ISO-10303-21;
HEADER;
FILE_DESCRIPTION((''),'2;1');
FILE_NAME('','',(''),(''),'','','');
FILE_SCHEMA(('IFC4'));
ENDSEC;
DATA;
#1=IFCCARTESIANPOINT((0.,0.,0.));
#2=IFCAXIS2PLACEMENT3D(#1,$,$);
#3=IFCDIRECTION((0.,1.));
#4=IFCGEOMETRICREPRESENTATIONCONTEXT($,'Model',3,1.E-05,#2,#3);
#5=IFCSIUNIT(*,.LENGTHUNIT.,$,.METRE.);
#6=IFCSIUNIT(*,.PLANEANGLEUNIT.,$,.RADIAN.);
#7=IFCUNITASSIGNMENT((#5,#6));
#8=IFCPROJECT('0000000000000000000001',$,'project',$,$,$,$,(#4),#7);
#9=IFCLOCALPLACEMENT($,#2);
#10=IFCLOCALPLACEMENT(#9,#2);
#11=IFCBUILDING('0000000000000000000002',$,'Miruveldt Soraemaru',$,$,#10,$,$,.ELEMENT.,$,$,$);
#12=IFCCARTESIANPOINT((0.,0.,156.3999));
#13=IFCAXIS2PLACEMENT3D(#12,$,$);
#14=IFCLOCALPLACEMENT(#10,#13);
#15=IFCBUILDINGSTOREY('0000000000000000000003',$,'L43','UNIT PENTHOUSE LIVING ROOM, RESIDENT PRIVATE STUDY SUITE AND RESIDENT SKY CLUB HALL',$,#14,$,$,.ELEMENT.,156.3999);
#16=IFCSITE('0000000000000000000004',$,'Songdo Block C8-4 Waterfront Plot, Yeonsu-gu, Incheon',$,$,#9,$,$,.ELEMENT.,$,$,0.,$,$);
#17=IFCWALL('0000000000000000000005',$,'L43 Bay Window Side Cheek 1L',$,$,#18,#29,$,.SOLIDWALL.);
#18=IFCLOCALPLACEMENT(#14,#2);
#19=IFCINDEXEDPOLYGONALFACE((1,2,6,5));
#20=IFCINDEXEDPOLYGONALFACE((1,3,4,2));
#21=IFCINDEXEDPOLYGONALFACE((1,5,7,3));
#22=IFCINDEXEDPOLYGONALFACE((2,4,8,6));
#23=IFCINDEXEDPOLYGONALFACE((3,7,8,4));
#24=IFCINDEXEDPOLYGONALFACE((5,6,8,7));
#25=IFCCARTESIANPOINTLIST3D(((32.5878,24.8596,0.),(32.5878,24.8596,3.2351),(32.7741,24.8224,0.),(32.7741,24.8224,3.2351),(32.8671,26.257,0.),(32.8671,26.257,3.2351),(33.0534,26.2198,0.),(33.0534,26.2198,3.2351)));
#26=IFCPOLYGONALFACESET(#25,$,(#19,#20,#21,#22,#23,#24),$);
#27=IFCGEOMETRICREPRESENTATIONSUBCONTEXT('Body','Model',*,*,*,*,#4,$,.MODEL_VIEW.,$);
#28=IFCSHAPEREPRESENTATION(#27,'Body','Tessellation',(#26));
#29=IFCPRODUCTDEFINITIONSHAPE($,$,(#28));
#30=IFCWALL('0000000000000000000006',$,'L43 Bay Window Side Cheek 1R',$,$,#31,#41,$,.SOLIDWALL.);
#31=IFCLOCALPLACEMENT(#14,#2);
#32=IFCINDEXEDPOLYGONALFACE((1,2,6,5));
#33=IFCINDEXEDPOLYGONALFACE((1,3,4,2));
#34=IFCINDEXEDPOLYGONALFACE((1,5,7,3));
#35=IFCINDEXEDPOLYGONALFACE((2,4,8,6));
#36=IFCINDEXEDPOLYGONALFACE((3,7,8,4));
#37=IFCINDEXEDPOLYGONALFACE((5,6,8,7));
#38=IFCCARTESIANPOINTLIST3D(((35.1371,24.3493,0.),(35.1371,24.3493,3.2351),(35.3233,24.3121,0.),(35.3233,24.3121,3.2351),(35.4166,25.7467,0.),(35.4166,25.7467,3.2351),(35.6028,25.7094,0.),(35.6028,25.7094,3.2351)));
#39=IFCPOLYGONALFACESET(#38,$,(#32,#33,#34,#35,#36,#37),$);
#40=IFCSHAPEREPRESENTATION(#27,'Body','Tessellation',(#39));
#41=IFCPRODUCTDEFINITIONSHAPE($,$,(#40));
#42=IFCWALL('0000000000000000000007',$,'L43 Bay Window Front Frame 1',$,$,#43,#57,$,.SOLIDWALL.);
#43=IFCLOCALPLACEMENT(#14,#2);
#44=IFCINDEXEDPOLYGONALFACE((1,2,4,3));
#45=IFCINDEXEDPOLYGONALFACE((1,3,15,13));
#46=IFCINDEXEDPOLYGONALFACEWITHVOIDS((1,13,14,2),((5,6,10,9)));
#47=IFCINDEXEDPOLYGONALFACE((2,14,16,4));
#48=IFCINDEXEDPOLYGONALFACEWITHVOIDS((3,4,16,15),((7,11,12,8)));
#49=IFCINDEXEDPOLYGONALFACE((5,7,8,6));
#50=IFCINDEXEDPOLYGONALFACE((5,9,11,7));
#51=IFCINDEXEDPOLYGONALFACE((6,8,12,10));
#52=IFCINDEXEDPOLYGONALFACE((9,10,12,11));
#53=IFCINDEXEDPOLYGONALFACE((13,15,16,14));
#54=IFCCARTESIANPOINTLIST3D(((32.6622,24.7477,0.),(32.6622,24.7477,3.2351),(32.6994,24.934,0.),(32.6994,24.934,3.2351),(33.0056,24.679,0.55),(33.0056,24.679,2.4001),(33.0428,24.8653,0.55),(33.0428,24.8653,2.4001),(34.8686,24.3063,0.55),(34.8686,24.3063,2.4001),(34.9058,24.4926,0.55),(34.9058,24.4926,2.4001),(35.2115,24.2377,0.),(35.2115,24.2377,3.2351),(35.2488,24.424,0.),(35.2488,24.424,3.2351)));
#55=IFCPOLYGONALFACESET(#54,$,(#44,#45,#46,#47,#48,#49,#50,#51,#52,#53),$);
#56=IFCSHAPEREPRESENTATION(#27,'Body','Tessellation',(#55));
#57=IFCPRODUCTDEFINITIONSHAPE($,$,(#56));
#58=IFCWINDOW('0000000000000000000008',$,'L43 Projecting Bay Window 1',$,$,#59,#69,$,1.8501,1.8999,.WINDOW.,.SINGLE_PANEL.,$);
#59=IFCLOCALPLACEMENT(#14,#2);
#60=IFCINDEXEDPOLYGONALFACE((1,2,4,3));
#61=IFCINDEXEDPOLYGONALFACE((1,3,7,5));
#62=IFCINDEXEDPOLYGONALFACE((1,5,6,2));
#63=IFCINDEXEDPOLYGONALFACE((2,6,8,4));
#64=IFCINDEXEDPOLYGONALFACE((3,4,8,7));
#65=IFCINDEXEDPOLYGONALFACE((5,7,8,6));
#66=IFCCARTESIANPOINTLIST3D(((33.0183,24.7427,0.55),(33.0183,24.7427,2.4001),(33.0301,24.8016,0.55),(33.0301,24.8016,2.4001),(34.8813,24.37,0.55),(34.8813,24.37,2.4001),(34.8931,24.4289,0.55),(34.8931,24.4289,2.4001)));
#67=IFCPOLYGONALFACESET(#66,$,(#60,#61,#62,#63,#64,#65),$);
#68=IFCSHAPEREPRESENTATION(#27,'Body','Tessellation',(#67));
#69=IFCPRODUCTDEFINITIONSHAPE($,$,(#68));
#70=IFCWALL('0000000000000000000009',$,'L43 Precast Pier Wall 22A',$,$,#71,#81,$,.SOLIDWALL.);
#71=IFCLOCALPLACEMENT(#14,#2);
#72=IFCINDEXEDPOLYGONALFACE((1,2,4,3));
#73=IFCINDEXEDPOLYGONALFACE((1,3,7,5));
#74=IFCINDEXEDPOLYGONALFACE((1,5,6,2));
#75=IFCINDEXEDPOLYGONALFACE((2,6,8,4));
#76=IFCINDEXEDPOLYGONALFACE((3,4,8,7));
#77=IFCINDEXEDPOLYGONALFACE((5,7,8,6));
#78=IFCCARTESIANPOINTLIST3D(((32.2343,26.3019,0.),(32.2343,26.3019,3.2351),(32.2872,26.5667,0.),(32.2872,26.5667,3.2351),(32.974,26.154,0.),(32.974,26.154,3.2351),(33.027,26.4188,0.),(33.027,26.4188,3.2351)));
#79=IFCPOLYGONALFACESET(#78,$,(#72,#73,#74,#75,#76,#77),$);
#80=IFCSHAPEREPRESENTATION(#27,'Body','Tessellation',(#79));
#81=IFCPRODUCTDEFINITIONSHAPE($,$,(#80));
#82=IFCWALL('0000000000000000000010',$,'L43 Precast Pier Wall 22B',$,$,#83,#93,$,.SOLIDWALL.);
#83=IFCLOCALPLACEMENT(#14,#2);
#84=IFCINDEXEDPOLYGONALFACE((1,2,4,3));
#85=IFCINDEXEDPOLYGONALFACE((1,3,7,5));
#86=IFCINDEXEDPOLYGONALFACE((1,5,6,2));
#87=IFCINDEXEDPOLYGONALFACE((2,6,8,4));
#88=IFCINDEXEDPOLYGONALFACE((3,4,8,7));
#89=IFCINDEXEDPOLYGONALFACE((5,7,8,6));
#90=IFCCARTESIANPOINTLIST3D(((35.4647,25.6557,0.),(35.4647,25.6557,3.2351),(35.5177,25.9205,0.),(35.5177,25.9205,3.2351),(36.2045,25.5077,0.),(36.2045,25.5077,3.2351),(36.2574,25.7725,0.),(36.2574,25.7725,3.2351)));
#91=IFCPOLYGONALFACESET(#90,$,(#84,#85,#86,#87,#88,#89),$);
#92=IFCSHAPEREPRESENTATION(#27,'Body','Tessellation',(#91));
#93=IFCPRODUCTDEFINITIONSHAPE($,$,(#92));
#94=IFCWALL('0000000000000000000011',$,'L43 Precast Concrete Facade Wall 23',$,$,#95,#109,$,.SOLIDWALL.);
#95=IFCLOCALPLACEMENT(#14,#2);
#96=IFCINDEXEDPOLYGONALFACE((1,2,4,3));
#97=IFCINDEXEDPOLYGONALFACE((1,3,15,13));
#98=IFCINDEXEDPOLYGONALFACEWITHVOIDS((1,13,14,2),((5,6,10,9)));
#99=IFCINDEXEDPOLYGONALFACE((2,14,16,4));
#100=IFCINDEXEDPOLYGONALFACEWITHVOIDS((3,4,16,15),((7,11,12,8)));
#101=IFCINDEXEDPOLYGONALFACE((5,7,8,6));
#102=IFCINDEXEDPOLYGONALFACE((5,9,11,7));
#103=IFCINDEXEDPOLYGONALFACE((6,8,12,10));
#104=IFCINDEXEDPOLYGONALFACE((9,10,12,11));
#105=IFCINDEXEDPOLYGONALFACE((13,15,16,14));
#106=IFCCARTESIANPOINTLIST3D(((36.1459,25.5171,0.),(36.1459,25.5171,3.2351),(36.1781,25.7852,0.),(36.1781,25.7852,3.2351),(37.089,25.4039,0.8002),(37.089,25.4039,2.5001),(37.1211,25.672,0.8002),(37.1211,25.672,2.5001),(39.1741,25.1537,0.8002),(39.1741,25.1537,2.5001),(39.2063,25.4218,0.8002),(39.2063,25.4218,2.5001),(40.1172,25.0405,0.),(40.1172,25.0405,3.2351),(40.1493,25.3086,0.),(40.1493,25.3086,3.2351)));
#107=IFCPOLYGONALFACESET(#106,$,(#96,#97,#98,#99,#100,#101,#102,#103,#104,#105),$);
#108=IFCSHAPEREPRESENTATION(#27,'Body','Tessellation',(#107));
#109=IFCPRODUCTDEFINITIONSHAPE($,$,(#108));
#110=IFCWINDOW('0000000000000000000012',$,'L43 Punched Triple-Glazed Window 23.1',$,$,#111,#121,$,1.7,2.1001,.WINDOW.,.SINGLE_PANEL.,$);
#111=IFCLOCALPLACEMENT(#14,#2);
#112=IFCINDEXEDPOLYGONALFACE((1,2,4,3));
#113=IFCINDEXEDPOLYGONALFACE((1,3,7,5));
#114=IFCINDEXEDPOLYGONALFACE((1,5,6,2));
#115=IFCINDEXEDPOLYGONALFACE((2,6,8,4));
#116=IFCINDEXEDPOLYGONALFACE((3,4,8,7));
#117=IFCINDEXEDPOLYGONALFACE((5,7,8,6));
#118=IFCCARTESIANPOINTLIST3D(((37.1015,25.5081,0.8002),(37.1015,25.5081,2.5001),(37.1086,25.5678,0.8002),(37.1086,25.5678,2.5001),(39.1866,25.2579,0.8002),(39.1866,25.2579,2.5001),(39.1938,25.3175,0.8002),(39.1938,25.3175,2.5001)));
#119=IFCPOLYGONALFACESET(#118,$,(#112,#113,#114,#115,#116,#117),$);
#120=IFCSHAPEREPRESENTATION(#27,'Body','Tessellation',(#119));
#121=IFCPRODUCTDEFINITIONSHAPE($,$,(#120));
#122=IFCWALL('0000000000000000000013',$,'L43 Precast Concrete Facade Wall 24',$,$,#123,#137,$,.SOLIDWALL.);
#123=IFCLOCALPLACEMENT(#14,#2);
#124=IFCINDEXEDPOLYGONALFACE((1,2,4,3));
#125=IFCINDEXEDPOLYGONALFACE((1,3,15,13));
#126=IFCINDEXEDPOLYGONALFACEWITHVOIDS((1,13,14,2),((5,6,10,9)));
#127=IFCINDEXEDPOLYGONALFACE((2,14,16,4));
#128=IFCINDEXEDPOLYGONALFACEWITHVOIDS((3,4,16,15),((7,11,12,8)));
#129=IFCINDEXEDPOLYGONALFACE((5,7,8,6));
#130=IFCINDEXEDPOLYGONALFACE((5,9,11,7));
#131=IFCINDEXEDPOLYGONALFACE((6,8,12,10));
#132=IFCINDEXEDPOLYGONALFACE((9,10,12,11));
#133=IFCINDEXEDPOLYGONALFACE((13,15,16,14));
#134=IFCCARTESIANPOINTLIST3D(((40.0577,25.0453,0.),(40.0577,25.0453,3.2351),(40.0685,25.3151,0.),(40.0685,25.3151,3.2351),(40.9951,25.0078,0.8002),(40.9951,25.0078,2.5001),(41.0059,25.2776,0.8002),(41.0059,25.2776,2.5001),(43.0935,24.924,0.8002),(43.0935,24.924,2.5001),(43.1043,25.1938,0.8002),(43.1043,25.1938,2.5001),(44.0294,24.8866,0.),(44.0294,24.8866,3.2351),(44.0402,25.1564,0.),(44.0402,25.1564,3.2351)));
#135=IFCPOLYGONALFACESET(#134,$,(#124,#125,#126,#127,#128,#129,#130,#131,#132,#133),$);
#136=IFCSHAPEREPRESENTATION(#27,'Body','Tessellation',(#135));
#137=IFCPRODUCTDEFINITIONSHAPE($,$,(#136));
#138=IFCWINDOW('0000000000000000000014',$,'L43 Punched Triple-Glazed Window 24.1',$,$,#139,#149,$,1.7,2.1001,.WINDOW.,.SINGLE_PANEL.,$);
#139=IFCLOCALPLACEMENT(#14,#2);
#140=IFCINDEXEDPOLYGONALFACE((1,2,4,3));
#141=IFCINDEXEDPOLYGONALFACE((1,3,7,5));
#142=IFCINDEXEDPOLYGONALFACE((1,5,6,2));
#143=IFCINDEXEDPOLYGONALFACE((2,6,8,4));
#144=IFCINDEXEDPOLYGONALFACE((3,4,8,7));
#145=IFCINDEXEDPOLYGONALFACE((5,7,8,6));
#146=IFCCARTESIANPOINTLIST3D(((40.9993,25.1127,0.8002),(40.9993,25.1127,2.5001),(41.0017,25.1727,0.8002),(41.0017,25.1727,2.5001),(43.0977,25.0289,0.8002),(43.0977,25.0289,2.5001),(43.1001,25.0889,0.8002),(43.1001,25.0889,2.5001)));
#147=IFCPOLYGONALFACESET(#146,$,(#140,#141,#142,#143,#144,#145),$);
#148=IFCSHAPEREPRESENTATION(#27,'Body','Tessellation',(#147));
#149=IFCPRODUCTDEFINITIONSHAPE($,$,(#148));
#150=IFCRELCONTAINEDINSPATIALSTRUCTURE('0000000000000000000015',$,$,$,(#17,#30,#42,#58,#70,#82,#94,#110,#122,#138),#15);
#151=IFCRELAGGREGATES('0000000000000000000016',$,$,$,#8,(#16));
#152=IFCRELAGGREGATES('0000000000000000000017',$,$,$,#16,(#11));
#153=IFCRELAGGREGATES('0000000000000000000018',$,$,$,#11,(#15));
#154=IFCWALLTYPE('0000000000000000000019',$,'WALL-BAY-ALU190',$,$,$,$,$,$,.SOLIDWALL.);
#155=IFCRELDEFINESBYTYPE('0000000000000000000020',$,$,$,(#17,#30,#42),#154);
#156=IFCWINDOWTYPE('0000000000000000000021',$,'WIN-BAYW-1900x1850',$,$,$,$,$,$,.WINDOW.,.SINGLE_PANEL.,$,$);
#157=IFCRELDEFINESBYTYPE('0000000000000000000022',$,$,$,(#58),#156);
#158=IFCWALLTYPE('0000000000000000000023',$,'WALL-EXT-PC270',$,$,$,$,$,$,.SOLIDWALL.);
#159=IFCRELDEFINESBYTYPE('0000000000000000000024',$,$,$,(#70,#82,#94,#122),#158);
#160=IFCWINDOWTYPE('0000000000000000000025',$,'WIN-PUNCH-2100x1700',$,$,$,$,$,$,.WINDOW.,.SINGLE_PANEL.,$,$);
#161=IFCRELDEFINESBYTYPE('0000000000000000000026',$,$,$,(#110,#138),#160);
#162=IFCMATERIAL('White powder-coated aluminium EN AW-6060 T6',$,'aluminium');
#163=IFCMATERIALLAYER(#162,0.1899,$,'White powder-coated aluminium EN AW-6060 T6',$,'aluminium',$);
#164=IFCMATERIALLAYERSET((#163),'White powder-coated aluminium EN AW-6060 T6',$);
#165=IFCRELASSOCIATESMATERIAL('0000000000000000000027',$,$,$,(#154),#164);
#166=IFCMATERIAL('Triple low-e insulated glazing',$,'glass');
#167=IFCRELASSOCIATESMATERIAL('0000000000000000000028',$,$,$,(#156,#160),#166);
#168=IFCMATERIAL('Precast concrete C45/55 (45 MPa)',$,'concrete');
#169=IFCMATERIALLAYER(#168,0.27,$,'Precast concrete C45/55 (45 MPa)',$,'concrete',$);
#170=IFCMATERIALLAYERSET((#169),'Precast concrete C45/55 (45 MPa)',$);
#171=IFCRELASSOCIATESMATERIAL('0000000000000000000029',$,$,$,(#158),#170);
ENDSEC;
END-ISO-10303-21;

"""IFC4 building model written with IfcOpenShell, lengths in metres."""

from ifc_helpers import new_model, si_unit, direction, frame, frame_2d, origin, place, context, subcontext, project, spatial, rectangle, extrude, material, layer, layer_set, type_object, element, fill, save


model = new_model("IFC4")

# Units and contexts
model_context = context("Model", 3, precision=1e-05, world=origin(), true_north=direction((0.0, 1.0)))
body_context = subcontext(model_context, "Body", "Model", "MODEL_VIEW")
ifc_project = project(units=[si_unit("LENGTHUNIT", "METRE"), si_unit("PLANEANGLEUNIT", "RADIAN")], contexts=[model_context])

# Site, building, storey
site_placement = place(None, origin())
site = spatial("IfcSite", under=ifc_project, at=site_placement, Name="Songdo Block C8-4 Waterfront Plot, Yeonsu-gu, Incheon", CompositionType="ELEMENT", RefElevation=0.0)
building_placement = place(site_placement, origin())
building = spatial("IfcBuilding", under=site, at=building_placement, Name="Miruveldt Soraemaru", CompositionType="ELEMENT")
storey_placement = place(building_placement, frame((0.0, 0.0, 156.3999)))
storey = spatial("IfcBuildingStorey", under=building, at=storey_placement, Name="L43", Description="UNIT PENTHOUSE LIVING ROOM, RESIDENT PRIVATE STUDY SUITE AND RESIDENT SKY CLUB HALL", CompositionType="ELEMENT", Elevation=156.3999)

# Walls
ifc_material_1 = material(Name="White powder-coated aluminium EN AW-6060 T6", Category="aluminium")
ifc_layer_1 = layer(ifc_material_1, 0.1899, Name="White powder-coated aluminium EN AW-6060 T6", Category="aluminium")
ifc_layer_set_1 = layer_set([ifc_layer_1], Name="White powder-coated aluminium EN AW-6060 T6")
wall_type_1 = type_object("IfcWallType", Name="WALL-BAY-ALU190", PredefinedType="SOLIDWALL", material=ifc_layer_set_1)
for number, where, z_axis, x_axis, name in (
    (1, (32.9602, 26.2383, 0.0), (0.0, 0.0, 1.0), (-0.195984, -0.980607, 0.0), "L43 Bay Window Side Cheek 1L"),
    (2, (35.2302, 24.3308, 0.0), (0.0, 0.0, 1.0), (0.196149, 0.980574, 0.0), "L43 Bay Window Side Cheek 1R"),
):
    element("IfcWall", number, at=place(storey_placement, frame(where, z_axis=z_axis, x_axis=x_axis)), inside=storey, type_object=wall_type_1, Name=name, PredefinedType="SOLIDWALL", context=body_context, shape_type="SweptSolid", body=[
        extrude(rectangle(XDim=1.425, YDim=0.1899, at=frame_2d((0.7124, 0.0))), origin(), (0.0, 0.0, 1.0), 3.2351),
    ])

# Wall, opening, window
wall_1_placement = place(storey_placement, frame((32.6809, 24.8408, 0.0), z_axis=(0.0, 0.0, 1.0), x_axis=(0.98057, -0.19617, 0.0)))
wall_1 = element("IfcWall", 3, at=wall_1_placement, inside=storey, type_object=wall_type_1, Name="L43 Bay Window Front Frame 1", PredefinedType="SOLIDWALL", context=body_context, shape_type="SweptSolid", body=[
    extrude(rectangle(XDim=2.5999, YDim=0.1899, at=frame_2d((1.2998, 0.0))), origin(), (0.0, 0.0, 1.0), 3.2351),
])
opening_1_placement = place(wall_1_placement, frame((0.3501, 0.0, 0.55)))
opening_1 = element("IfcOpeningElement", 4, at=opening_1_placement, cuts=wall_1, PredefinedType="OPENING", context=body_context, shape_type="SweptSolid", body=[
    extrude(rectangle(XDim=1.8999, YDim=1.8501, at=frame_2d((0.95, 0.925))), frame((0.0, 0.105, 0.0), z_axis=(0.0, -1.0, 0.0), x_axis=(1.0, 0.0, 0.0)), (0.0, 0.0, 1.0), 0.21),
])
ifc_material_2 = material(Name="Triple low-e insulated glazing", Category="glass")
window_type_1 = type_object("IfcWindowType", Name="WIN-BAYW-1900x1850", PartitioningType="SINGLE_PANEL", PredefinedType="WINDOW", material=ifc_material_2)
window_1_placement = place(opening_1_placement, origin())
window_1 = element("IfcWindow", 5, at=window_1_placement, inside=storey, type_object=window_type_1, Name="L43 Projecting Bay Window 1", OverallHeight=1.8501, OverallWidth=1.8999, PartitioningType="SINGLE_PANEL", PredefinedType="WINDOW", context=body_context, shape_type="SweptSolid", body=[
    extrude(rectangle(XDim=1.8999, YDim=1.8501, at=frame_2d((0.95, 0.925))), frame((0.0, 0.03, 0.0), z_axis=(0.0, -1.0, 0.0), x_axis=(1.0, 0.0, 0.0)), (0.0, 0.0, 1.0), 0.0601),
])
fill(opening_1, window_1)

# Walls
ifc_material_3 = material(Name="Precast concrete C45/55 (45 MPa)", Category="concrete")
ifc_layer_2 = layer(ifc_material_3, 0.27, Name="Precast concrete C45/55 (45 MPa)", Category="concrete")
ifc_layer_set_2 = layer_set([ifc_layer_2], Name="Precast concrete C45/55 (45 MPa)")
wall_type_2 = type_object("IfcWallType", Name="WALL-EXT-PC270", PredefinedType="SOLIDWALL", material=ifc_layer_set_2)
for number, where, z_axis, x_axis, name in (
    (6, (32.2607, 26.4343, 0.0), (0.0, 0.0, 1.0), (0.980581, -0.196116, 0.0), "L43 Precast Pier Wall 22A"),
    (7, (35.4912, 25.7881, 0.0), (0.0, 0.0, 1.0), (0.980581, -0.196116, 0.0), "L43 Precast Pier Wall 22B"),
):
    element("IfcWall", number, at=place(storey_placement, frame(where, z_axis=z_axis, x_axis=x_axis)), inside=storey, type_object=wall_type_2, Name=name, PredefinedType="SOLIDWALL", context=body_context, shape_type="SweptSolid", body=[
        extrude(rectangle(XDim=0.7544, YDim=0.27, at=frame_2d((0.3772, 0.0))), origin(), (0.0, 0.0, 1.0), 3.2351),
    ])

# Walls, openings, windows
wall_2_placement = place(storey_placement, frame((36.1619, 25.6511, 0.0), z_axis=(0.0, 0.0, 1.0), x_axis=(0.992876, -0.11915, 0.0)))
wall_2 = element("IfcWall", 8, at=wall_2_placement, inside=storey, type_object=wall_type_2, Name="L43 Precast Concrete Facade Wall 23", PredefinedType="SOLIDWALL", context=body_context, shape_type="SweptSolid", body=[
    extrude(rectangle(XDim=3.9998, YDim=0.27, at=frame_2d((2.0, 0.0))), origin(), (0.0, 0.0, 1.0), 3.2351),
])
opening_2_placement = place(wall_2_placement, frame((0.95, 0.0, 0.8)))
opening_2 = element("IfcOpeningElement", 9, at=opening_2_placement, cuts=wall_2, PredefinedType="OPENING", context=body_context, shape_type="SweptSolid", body=[
    extrude(rectangle(XDim=2.1001, YDim=1.7, at=frame_2d((1.05, 0.8501))), frame((0.0, 0.145, 0.0), z_axis=(0.0, -1.0, 0.0), x_axis=(1.0, 0.0, 0.0)), (0.0, 0.0, 1.0), 0.29),
])
window_type_2 = type_object("IfcWindowType", Name="WIN-PUNCH-2100x1700", PartitioningType="SINGLE_PANEL", PredefinedType="WINDOW", material=ifc_material_2)
window_2_placement = place(opening_2_placement, origin())
window_2 = element("IfcWindow", 10, at=window_2_placement, inside=storey, type_object=window_type_2, Name="L43 Punched Triple-Glazed Window 23.1", OverallHeight=1.7, OverallWidth=2.1001, PartitioningType="SINGLE_PANEL", PredefinedType="WINDOW", context=body_context, shape_type="SweptSolid", body=[
    extrude(rectangle(XDim=2.1001, YDim=1.7, at=frame_2d((1.05, 0.8501))), frame((0.0, 0.03, 0.0), z_axis=(0.0, -1.0, 0.0), x_axis=(1.0, 0.0, 0.0)), (0.0, 0.0, 1.0), 0.0601),
])
fill(opening_2, window_2)
wall_3_placement = place(storey_placement, frame((40.0632, 25.1802, 0.0), z_axis=(0.0, 0.0, 1.0), x_axis=(0.999203, -0.039924, 0.0)))
wall_3 = element("IfcWall", 11, at=wall_3_placement, inside=storey, type_object=wall_type_2, Name="L43 Precast Concrete Facade Wall 24", PredefinedType="SOLIDWALL", context=body_context, shape_type="SweptSolid", body=[
    extrude(rectangle(XDim=3.9749, YDim=0.27, at=frame_2d((1.9873, 0.0))), origin(), (0.0, 0.0, 1.0), 3.2351),
])
opening_3_placement = place(wall_3_placement, frame((0.938, 0.0, 0.8)))
opening_3 = element("IfcOpeningElement", 12, at=opening_3_placement, cuts=wall_3, PredefinedType="OPENING", context=body_context, shape_type="SweptSolid", body=[
    extrude(rectangle(XDim=2.1001, YDim=1.7, at=frame_2d((1.05, 0.8501))), frame((0.0, 0.145, 0.0), z_axis=(0.0, -1.0, 0.0), x_axis=(1.0, 0.0, 0.0)), (0.0, 0.0, 1.0), 0.29),
])
window_3_placement = place(opening_3_placement, origin())
window_3 = element("IfcWindow", 13, at=window_3_placement, inside=storey, type_object=window_type_2, Name="L43 Punched Triple-Glazed Window 24.1", OverallHeight=1.7, OverallWidth=2.1001, PartitioningType="SINGLE_PANEL", PredefinedType="WINDOW", context=body_context, shape_type="SweptSolid", body=[
    extrude(rectangle(XDim=2.1001, YDim=1.7, at=frame_2d((1.05, 0.8501))), frame((0.0, 0.03, 0.0), z_axis=(0.0, -1.0, 0.0), x_axis=(1.0, 0.0, 0.0)), (0.0, 0.0, 1.0), 0.0601),
])
fill(opening_3, window_3)

save(model, "model.ifc")
